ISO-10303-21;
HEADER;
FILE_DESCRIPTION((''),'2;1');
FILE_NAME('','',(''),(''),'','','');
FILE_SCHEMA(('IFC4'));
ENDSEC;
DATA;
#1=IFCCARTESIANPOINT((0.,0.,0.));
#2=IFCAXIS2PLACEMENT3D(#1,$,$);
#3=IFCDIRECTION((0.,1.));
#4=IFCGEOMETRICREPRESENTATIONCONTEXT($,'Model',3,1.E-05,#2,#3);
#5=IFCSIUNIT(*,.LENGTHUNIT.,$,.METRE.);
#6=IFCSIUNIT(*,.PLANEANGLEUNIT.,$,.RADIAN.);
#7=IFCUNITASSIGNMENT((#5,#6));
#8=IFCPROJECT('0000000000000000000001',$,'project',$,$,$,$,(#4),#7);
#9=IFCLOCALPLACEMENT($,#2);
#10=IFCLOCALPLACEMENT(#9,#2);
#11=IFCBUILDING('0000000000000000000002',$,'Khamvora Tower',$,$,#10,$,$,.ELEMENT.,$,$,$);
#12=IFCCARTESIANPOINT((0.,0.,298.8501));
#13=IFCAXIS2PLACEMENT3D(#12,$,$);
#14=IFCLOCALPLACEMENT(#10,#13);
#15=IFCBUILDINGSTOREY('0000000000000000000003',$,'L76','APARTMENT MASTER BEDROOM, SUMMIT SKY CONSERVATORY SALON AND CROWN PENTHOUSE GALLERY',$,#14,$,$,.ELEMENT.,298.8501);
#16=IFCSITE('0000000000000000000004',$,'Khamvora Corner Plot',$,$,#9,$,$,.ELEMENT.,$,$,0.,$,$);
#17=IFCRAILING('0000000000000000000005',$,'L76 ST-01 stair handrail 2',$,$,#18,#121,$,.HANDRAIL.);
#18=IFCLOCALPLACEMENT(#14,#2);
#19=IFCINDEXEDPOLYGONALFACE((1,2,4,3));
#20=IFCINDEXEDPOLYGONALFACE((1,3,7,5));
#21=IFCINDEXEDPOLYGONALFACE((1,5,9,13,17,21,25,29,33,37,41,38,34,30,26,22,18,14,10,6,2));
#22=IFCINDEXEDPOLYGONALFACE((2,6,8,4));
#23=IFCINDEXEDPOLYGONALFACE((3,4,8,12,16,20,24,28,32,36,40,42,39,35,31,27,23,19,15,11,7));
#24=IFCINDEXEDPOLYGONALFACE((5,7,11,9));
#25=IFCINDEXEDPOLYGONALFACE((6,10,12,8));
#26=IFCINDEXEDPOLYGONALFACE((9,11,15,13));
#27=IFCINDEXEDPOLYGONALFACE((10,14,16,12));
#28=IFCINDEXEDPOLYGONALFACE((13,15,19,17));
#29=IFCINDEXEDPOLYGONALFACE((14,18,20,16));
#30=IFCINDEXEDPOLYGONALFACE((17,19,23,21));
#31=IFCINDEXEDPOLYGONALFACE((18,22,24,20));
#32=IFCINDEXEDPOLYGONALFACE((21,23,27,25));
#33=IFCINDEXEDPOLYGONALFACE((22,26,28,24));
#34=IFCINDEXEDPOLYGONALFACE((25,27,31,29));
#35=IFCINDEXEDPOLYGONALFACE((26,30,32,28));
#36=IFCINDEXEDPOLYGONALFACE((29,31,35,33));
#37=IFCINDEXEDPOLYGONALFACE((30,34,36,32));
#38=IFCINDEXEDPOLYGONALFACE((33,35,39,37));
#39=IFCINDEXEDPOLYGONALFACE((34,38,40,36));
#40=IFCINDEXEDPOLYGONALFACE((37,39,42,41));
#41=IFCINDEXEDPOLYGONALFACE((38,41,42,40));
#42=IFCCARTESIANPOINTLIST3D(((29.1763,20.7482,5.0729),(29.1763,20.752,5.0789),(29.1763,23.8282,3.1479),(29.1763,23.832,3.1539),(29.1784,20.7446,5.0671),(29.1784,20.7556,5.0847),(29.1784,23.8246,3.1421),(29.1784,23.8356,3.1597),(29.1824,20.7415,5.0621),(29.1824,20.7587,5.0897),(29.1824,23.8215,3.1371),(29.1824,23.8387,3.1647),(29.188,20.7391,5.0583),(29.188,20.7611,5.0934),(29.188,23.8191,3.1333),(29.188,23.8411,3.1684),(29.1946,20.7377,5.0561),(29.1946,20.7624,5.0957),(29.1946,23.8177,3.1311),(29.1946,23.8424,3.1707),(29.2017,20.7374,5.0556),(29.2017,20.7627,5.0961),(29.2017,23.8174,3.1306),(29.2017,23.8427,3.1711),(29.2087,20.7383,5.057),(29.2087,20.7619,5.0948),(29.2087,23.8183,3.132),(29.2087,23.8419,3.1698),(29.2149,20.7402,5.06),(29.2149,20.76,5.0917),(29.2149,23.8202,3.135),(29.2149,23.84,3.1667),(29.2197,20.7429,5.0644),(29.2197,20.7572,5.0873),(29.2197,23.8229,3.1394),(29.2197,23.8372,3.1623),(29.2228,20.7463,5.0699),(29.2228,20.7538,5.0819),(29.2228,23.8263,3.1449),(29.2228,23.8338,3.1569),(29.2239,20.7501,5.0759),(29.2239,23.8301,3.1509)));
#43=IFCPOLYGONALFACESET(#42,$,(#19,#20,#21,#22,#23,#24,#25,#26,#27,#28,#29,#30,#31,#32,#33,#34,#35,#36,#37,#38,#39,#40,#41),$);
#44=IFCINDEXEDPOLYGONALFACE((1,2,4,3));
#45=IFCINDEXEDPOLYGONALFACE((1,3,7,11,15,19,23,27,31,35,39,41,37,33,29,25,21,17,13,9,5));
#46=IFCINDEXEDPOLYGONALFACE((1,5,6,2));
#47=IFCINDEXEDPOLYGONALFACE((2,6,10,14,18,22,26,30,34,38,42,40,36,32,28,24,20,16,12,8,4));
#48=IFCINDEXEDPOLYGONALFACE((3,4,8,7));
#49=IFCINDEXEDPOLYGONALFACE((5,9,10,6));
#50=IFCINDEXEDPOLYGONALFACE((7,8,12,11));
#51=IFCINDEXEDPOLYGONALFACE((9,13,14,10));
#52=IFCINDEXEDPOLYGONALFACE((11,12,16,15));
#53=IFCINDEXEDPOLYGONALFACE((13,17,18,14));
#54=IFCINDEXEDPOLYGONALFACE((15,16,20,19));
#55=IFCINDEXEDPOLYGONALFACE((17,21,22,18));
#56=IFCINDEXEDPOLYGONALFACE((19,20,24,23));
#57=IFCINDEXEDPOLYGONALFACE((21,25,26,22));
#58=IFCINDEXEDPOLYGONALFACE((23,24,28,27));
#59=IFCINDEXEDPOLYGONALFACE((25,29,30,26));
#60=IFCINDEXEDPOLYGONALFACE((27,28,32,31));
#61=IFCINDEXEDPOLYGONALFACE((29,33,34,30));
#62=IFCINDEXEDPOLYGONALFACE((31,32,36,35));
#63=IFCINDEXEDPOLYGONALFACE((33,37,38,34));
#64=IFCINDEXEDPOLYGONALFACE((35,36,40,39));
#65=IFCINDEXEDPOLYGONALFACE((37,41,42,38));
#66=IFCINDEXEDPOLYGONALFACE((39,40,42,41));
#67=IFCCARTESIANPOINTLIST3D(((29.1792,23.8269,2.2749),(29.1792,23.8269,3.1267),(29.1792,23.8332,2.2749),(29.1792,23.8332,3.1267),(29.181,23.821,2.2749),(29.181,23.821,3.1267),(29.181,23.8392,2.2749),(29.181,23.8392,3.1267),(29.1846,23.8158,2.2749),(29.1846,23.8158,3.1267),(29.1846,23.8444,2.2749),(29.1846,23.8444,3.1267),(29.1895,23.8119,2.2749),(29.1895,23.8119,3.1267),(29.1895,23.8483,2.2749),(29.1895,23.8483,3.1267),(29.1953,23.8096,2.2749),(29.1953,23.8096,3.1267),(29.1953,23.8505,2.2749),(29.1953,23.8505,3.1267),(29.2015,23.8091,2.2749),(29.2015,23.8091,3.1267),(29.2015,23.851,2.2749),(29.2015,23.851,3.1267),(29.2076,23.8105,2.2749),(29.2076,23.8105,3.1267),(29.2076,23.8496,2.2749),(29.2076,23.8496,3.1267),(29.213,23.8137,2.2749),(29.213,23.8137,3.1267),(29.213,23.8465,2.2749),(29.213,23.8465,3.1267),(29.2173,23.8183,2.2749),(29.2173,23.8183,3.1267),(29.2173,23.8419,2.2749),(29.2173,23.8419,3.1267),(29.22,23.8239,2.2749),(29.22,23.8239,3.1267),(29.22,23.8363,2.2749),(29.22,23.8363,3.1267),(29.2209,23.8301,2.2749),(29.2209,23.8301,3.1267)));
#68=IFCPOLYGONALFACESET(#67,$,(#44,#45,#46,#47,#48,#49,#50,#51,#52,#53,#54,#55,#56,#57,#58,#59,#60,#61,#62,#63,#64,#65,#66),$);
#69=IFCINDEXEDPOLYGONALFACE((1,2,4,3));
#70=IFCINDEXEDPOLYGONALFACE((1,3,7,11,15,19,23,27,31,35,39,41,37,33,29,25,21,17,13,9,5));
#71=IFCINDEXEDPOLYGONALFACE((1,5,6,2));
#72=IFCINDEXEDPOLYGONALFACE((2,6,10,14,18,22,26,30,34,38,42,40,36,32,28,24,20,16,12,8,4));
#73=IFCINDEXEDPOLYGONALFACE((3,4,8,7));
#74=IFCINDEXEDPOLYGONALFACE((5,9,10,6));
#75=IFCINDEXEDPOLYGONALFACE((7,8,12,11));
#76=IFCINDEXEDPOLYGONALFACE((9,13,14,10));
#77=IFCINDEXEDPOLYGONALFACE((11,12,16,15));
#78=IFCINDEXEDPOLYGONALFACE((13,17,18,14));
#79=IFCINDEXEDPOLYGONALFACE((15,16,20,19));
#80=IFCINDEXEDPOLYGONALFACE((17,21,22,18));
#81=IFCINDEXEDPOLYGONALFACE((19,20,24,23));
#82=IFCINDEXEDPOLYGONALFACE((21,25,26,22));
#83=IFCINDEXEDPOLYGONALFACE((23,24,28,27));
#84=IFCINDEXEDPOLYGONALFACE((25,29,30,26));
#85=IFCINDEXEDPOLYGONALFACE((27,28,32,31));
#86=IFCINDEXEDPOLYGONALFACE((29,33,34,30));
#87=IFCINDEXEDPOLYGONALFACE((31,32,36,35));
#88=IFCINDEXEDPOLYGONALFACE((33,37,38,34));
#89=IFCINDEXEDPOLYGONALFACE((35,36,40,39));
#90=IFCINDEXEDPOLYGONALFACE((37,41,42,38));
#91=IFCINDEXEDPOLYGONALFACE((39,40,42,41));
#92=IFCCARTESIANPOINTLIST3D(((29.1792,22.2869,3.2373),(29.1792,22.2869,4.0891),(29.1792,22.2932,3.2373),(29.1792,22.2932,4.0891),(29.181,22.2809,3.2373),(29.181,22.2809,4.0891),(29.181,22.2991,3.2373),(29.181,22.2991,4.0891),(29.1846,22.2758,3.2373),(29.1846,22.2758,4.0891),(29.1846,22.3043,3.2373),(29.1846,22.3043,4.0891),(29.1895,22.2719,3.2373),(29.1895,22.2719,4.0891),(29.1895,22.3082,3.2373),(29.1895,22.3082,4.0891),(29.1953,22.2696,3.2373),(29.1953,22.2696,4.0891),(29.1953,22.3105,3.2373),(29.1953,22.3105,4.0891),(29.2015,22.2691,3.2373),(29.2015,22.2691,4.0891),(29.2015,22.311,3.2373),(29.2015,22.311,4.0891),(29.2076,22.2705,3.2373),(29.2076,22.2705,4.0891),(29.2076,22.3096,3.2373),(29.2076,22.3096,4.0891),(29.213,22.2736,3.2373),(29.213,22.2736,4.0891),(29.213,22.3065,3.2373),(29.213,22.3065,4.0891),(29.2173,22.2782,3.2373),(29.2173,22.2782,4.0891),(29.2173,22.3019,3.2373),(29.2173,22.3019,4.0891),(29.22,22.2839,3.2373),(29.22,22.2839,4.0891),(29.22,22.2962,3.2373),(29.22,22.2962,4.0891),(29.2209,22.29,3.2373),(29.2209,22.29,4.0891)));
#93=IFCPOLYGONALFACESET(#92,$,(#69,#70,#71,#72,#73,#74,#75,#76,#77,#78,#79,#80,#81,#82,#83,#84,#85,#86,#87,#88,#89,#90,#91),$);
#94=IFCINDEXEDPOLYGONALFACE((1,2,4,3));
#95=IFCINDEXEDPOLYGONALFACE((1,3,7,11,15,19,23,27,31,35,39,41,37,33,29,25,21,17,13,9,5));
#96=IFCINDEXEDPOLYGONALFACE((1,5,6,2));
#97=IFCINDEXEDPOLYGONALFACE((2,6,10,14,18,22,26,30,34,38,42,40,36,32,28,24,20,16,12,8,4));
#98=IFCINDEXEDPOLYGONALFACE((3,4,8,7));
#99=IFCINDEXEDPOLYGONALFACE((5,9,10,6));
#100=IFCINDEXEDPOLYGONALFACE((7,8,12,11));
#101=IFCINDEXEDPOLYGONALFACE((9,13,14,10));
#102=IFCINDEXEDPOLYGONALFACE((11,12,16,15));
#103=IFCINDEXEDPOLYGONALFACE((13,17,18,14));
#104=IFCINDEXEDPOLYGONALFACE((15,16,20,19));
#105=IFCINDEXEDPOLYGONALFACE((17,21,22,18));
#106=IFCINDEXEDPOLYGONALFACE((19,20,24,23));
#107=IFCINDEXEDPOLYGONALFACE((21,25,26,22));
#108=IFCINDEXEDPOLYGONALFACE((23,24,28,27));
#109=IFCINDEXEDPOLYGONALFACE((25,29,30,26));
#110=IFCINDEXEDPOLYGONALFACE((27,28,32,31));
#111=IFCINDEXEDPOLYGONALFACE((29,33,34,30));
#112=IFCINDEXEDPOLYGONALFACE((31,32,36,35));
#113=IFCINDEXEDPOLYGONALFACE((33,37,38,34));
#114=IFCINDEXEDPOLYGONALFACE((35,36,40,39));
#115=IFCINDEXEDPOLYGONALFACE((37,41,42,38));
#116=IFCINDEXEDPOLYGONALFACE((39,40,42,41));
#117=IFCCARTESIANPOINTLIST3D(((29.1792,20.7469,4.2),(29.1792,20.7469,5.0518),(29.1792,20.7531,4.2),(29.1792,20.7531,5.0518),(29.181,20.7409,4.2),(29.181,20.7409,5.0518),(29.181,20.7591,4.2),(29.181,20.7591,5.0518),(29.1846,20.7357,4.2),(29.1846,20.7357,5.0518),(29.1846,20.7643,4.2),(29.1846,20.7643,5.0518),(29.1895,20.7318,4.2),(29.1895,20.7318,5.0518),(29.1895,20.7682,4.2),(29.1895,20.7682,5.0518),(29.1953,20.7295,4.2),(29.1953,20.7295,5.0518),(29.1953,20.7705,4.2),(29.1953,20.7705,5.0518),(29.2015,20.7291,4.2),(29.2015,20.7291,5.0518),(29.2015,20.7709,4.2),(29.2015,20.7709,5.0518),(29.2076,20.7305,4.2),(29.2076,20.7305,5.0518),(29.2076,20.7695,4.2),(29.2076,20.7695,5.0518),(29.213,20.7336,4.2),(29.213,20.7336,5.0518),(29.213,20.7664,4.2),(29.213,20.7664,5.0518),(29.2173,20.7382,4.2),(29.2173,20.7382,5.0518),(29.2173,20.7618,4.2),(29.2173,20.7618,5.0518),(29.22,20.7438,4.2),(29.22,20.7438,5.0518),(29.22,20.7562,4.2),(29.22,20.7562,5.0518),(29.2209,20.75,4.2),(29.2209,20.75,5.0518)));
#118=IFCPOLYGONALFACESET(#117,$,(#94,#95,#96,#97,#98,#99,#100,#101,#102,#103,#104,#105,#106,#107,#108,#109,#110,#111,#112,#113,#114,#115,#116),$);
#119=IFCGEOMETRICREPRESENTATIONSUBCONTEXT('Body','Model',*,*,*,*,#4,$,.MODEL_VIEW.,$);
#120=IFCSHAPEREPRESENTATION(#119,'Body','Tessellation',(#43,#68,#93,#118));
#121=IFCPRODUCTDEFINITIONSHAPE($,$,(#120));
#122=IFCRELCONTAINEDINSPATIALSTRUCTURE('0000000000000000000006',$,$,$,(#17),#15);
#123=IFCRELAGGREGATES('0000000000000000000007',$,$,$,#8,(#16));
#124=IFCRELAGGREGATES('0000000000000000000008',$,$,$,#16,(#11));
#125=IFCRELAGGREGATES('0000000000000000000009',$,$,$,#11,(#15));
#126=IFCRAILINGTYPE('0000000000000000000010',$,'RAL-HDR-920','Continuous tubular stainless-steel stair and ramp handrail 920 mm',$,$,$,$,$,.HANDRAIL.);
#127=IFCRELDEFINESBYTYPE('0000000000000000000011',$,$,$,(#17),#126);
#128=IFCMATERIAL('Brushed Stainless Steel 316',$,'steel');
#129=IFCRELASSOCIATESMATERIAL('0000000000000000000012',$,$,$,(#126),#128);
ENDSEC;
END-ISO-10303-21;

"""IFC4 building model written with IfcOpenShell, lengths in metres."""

from ifc_helpers import new_model, si_unit, direction, frame, origin, origin_2d, place, context, subcontext, project, spatial, circle, extrude, material, type_object, element, save


model = new_model("IFC4")

# Units and contexts
model_context = context("Model", 3, precision=1e-05, world=origin(), true_north=direction((0.0, 1.0)))
body_context = subcontext(model_context, "Body", "Model", "MODEL_VIEW")
ifc_project = project(units=[si_unit("LENGTHUNIT", "METRE"), si_unit("PLANEANGLEUNIT", "RADIAN")], contexts=[model_context])

# Site, building, storey
site_placement = place(None, origin())
site = spatial("IfcSite", under=ifc_project, at=site_placement, Name="Khamvora Corner Plot", CompositionType="ELEMENT", RefElevation=0.0)
building_placement = place(site_placement, origin())
building = spatial("IfcBuilding", under=site, at=building_placement, Name="Khamvora Tower", CompositionType="ELEMENT")
storey_placement = place(building_placement, frame((0.0, 0.0, 298.8501)))
storey = spatial("IfcBuildingStorey", under=building, at=storey_placement, Name="L76", Description="APARTMENT MASTER BEDROOM, SUMMIT SKY CONSERVATORY SALON AND CROWN PENTHOUSE GALLERY", CompositionType="ELEMENT", Elevation=298.8501)

# Railing
ifc_material_1 = material(Name="Brushed Stainless Steel 316", Category="steel")
railing_type_1 = type_object("IfcRailingType", Name="RAL-HDR-920", Description="Continuous tubular stainless-steel stair and ramp handrail 920 mm", PredefinedType="HANDRAIL", material=ifc_material_1)
railing_1_placement = place(storey_placement, frame((29.2, 23.8301, 2.2749)))
element("IfcRailing", 1, at=railing_1_placement, inside=storey, type_object=railing_type_1, Name="L76 ST-01 stair handrail 2", PredefinedType="HANDRAIL", context=body_context, shape_type="SweptSolid", body=[
    extrude(circle(Radius=0.0239, at=origin_2d()), frame((0.0, 0.0, 0.876), z_axis=(0.0, -0.847998, 0.529999), x_axis=(1.0, 0.0, 0.0)), (0.0, 0.0, 1.0), 3.6321),
    extrude(circle(Radius=0.021, at=origin_2d()), origin(), (0.0, 0.0, 1.0), 0.8518),
    extrude(circle(Radius=0.021, at=origin_2d()), frame((0.0, -1.54, 0.9624)), (0.0, 0.0, 1.0), 0.8518),
    extrude(circle(Radius=0.021, at=origin_2d()), frame((0.0, -3.0801, 1.925)), (0.0, 0.0, 1.0), 0.8518),
])

save(model, "model.ifc")
